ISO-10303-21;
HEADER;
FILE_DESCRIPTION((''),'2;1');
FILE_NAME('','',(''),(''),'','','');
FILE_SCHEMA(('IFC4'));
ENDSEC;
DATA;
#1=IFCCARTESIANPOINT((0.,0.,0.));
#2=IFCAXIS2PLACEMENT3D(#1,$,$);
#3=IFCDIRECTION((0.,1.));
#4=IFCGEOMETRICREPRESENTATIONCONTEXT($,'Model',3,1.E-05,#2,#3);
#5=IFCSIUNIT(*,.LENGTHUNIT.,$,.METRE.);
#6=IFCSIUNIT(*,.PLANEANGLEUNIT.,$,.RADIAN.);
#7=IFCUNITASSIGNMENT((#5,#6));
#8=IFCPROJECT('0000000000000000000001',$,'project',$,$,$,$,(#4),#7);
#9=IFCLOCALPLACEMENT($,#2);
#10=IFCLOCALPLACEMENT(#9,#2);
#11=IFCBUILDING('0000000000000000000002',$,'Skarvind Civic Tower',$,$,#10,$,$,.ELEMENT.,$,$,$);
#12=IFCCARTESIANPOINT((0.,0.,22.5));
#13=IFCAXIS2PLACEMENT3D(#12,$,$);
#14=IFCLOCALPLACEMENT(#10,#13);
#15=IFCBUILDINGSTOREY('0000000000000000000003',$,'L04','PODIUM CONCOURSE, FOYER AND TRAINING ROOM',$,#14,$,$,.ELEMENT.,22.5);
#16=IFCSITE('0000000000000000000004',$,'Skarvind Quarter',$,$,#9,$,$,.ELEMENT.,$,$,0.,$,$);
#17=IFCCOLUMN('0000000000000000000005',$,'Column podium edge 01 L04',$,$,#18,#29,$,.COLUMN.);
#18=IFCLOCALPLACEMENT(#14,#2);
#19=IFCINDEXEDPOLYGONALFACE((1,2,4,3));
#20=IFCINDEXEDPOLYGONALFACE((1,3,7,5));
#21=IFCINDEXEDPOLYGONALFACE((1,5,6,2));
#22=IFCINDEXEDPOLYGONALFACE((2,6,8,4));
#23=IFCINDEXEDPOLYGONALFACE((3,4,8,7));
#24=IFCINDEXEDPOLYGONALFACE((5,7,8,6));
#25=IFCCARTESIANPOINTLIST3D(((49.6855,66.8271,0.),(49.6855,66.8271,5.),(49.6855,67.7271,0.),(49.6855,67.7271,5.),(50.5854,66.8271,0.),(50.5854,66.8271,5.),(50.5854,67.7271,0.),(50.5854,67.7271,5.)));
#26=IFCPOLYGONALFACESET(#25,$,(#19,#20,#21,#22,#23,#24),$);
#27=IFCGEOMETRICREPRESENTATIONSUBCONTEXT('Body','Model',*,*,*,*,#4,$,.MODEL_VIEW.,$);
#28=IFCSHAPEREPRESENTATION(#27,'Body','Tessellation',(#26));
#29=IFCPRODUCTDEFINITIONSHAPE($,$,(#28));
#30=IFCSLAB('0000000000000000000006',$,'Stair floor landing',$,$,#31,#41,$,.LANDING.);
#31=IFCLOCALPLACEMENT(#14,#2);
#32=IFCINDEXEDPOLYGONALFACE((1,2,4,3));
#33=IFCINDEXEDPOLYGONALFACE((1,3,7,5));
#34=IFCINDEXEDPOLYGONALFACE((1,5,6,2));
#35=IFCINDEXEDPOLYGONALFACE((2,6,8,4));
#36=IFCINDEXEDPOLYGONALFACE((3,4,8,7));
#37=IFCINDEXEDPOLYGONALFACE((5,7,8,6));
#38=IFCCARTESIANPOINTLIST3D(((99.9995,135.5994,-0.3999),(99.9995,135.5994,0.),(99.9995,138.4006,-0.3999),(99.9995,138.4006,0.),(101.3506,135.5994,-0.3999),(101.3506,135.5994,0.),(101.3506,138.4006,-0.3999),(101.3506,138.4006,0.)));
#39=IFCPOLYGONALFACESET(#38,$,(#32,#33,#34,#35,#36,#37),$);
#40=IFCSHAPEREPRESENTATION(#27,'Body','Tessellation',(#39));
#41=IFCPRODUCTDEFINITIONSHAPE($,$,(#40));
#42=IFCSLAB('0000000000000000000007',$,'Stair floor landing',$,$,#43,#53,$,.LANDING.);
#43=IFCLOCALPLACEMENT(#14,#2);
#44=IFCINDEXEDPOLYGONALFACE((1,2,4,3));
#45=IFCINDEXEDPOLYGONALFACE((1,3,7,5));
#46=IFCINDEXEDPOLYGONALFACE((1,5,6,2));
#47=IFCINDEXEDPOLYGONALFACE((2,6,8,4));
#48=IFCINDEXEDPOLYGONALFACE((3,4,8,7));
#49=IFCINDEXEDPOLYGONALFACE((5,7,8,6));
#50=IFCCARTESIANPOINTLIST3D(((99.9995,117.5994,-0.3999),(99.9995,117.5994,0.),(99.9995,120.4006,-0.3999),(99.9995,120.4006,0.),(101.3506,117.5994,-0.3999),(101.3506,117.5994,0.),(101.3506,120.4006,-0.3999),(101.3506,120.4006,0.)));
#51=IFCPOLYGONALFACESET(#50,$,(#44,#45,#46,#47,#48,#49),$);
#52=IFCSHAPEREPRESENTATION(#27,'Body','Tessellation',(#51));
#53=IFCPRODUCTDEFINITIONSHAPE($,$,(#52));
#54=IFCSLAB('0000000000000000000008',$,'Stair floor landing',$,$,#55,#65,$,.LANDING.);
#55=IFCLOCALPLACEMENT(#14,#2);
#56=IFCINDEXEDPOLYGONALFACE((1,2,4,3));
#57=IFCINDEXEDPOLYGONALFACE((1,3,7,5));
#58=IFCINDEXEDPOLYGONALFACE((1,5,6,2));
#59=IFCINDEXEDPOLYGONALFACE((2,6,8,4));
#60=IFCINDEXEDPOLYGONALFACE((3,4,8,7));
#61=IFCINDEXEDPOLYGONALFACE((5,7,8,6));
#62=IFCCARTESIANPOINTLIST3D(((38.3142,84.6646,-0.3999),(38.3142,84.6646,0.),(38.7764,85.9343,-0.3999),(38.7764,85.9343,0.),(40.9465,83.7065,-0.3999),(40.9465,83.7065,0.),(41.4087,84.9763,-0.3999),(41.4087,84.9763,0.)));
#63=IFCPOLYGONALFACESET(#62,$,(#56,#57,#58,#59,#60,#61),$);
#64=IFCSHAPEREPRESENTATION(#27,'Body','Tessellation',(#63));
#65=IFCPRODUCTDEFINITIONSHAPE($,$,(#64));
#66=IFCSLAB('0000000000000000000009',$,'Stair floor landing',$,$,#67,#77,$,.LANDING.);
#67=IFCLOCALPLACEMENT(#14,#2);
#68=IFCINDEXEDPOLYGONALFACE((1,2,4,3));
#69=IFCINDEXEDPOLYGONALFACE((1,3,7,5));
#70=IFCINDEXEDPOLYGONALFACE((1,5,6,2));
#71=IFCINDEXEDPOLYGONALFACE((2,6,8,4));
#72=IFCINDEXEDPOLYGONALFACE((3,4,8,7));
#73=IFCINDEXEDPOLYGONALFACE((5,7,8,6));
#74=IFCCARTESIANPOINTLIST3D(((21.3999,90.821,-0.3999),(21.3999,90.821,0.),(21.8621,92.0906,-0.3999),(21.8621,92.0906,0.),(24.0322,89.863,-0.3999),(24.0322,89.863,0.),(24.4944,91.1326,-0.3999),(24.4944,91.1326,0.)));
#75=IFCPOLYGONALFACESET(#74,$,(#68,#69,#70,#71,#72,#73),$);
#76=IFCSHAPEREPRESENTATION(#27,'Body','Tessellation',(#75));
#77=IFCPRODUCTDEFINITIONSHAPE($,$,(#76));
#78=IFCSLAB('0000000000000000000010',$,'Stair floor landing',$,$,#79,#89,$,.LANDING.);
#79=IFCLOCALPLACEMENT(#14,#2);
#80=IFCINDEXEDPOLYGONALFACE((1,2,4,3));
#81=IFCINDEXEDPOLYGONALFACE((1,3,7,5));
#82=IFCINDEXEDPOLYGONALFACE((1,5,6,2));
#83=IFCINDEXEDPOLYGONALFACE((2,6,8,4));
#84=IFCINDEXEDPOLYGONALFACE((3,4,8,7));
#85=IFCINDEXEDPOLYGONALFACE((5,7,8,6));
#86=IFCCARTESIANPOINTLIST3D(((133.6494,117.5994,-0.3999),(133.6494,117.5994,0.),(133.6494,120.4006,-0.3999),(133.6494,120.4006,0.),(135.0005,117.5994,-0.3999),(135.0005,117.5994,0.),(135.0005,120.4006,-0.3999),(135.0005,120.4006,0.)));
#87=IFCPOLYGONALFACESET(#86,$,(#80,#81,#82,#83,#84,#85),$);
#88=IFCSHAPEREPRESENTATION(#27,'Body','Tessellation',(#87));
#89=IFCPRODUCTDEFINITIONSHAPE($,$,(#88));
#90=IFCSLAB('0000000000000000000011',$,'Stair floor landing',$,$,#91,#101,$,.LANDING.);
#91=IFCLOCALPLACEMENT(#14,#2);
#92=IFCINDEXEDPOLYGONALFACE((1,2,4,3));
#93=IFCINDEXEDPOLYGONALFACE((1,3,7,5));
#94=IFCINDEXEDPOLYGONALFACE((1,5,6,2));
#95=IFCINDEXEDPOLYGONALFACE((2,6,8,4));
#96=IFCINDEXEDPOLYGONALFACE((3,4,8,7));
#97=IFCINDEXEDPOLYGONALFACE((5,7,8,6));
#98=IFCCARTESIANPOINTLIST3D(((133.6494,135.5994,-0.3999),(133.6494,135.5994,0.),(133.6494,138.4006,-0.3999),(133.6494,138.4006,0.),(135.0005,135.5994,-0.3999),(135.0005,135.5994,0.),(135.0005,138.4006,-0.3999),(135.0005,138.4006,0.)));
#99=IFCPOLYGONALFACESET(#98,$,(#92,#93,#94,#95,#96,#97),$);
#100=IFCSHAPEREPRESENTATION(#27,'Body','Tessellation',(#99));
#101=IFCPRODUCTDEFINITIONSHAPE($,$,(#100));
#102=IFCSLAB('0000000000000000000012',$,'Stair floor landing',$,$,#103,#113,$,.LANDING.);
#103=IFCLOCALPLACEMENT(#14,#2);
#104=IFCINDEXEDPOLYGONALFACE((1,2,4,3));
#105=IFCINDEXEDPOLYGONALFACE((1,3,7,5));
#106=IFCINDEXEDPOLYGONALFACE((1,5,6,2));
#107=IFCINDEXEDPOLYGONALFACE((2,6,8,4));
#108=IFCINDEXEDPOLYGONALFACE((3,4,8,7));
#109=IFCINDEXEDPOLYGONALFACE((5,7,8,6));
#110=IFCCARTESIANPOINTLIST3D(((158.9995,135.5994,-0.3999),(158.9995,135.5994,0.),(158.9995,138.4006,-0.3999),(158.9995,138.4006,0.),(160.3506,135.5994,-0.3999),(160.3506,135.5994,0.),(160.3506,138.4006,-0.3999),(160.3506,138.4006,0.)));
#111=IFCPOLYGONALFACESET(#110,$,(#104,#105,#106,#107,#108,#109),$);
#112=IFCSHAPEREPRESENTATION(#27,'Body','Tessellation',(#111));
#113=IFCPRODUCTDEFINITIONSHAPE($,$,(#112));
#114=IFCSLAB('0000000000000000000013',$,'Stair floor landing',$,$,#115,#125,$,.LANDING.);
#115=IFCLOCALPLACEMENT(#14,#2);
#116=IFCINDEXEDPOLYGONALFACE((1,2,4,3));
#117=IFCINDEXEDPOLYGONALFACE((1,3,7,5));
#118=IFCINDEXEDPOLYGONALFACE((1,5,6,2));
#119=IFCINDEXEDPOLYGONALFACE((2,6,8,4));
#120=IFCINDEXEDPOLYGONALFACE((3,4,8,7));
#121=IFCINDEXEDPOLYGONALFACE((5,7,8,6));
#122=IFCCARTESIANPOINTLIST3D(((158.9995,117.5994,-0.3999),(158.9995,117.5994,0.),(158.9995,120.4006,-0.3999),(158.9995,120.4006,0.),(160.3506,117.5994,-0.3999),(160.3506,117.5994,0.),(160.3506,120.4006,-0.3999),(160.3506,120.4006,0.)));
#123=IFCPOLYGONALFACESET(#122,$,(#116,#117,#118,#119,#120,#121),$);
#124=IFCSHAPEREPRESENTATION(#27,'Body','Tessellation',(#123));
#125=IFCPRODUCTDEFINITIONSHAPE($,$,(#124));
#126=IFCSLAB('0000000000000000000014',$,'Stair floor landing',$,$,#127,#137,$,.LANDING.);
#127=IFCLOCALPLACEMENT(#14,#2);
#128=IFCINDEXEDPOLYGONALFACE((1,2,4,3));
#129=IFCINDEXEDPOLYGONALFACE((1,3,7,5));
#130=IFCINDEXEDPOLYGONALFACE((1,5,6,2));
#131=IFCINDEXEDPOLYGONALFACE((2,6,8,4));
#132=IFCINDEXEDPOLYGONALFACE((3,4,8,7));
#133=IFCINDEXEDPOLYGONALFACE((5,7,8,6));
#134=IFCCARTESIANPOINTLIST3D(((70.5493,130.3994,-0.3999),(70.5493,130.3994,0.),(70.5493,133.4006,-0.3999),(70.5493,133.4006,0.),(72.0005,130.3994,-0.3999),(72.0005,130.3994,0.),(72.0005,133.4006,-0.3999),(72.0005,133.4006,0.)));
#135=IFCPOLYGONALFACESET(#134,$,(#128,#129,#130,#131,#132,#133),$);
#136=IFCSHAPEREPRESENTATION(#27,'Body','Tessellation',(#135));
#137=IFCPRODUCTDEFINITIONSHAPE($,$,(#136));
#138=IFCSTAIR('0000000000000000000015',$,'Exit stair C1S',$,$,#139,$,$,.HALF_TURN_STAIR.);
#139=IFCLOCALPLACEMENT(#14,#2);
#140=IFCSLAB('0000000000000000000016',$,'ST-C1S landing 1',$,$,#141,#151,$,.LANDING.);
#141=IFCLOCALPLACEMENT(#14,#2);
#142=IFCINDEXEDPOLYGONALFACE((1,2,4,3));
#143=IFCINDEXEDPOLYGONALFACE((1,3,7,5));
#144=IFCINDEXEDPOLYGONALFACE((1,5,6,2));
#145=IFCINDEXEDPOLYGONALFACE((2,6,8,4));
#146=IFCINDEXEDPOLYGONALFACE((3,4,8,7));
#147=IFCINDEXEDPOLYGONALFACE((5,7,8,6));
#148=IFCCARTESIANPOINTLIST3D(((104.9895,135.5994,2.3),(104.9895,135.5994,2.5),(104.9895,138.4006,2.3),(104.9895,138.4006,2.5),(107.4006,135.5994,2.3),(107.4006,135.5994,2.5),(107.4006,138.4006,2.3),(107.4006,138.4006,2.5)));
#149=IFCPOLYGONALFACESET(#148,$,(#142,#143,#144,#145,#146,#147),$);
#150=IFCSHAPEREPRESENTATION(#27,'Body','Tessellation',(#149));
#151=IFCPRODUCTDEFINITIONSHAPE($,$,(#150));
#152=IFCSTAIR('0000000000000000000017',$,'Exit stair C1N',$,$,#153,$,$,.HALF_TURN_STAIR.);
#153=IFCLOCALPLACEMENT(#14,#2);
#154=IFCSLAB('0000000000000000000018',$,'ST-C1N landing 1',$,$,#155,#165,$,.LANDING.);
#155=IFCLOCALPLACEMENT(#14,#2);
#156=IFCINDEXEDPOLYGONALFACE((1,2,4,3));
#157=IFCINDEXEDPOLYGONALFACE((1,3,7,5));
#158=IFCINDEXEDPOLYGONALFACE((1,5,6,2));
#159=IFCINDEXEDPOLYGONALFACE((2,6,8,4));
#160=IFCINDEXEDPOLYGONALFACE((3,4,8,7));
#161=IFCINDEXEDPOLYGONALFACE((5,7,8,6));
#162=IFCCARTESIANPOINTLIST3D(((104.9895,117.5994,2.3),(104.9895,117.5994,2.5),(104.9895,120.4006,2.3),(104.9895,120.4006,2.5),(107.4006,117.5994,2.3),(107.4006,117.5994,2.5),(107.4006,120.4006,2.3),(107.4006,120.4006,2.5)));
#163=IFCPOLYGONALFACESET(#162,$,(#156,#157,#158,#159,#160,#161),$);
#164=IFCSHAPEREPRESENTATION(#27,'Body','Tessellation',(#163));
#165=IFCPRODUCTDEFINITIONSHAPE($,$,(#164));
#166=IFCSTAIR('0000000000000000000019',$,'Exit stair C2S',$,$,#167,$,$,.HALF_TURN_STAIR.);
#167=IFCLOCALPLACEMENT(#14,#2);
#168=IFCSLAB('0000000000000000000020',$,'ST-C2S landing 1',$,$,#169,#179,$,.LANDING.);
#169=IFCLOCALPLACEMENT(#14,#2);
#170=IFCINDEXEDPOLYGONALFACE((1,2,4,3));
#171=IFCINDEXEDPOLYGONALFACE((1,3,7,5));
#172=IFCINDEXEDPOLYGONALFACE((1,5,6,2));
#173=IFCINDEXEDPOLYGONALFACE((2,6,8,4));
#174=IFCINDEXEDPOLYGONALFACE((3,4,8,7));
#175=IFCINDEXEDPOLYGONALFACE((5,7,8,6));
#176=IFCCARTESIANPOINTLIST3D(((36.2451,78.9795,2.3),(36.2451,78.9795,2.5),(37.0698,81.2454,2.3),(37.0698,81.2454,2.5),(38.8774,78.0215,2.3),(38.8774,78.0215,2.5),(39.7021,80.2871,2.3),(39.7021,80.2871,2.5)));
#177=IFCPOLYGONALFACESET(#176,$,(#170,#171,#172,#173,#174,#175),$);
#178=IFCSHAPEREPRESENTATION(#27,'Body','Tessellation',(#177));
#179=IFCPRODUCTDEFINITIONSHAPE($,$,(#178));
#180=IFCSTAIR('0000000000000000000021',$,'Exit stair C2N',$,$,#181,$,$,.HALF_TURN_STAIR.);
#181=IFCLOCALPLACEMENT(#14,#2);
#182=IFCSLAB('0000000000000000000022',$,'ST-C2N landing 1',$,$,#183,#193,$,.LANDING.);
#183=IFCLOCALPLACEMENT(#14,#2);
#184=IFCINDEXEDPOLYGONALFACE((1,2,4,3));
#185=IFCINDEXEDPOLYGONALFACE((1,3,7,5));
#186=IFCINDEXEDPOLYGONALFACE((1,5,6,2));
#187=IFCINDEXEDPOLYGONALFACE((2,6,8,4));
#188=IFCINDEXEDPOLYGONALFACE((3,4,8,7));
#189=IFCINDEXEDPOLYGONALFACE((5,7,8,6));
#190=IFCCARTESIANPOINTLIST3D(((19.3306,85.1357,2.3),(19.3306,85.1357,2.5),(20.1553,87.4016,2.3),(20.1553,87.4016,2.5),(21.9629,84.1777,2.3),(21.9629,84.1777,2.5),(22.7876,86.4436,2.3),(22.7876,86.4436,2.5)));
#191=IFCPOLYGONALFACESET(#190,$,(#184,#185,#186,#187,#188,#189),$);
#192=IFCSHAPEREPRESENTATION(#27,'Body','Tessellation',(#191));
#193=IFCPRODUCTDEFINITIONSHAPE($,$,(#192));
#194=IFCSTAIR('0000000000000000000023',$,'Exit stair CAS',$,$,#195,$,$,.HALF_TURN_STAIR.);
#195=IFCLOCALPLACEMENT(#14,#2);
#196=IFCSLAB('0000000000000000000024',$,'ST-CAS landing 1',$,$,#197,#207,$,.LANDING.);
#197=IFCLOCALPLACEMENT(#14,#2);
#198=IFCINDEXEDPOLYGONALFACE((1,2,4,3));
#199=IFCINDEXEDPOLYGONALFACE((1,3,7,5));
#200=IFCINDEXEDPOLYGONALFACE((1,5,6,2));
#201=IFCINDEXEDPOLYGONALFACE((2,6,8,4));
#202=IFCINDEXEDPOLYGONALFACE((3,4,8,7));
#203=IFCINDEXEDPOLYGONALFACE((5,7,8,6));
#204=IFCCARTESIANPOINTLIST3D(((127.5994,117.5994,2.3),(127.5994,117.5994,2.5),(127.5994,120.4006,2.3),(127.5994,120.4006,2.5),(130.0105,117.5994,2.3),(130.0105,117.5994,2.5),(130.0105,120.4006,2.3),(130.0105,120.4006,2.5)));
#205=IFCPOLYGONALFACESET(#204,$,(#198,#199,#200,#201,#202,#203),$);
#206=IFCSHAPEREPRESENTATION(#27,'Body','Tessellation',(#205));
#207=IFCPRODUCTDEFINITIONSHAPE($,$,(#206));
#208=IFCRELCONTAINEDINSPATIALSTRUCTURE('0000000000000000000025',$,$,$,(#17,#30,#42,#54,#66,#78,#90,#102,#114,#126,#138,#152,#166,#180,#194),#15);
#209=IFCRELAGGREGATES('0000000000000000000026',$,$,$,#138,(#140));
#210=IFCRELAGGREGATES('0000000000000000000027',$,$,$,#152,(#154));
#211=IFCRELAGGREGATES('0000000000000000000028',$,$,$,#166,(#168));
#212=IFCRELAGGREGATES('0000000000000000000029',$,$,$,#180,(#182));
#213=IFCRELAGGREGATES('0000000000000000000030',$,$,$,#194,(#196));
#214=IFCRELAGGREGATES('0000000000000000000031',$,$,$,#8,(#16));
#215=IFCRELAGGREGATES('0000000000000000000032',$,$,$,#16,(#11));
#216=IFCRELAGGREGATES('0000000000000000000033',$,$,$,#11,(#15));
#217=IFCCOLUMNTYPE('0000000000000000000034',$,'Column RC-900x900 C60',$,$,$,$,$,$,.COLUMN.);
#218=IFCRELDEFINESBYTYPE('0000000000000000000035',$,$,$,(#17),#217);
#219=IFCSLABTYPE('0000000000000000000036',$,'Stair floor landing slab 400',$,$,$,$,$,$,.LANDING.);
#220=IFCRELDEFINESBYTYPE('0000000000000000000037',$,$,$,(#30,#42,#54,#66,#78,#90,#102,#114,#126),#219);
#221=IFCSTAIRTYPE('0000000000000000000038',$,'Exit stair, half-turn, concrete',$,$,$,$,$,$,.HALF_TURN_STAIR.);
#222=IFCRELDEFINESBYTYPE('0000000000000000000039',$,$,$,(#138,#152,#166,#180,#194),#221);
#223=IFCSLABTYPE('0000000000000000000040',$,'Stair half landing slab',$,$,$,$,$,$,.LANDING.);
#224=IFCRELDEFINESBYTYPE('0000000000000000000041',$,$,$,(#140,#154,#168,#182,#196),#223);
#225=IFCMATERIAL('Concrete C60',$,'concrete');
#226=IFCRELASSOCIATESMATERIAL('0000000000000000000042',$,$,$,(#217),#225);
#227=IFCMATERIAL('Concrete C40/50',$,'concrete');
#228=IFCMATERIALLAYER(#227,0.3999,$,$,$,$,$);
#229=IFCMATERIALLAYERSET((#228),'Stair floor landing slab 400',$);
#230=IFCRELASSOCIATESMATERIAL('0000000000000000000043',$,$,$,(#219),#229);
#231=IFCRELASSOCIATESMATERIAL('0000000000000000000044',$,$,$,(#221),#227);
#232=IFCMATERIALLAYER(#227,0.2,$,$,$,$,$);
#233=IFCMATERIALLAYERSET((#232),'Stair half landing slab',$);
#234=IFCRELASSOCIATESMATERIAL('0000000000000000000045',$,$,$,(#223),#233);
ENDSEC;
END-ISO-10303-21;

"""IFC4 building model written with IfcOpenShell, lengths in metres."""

from ifc_helpers import new_model, si_unit, direction, frame, origin, origin_2d, place, context, subcontext, project, spatial, polyline, rectangle, outline, extrude, material, layer, layer_set, material_profile, profile_set, type_object, element, aggregate, save


model = new_model("IFC4")

# Units and contexts
model_context = context("Model", 3, precision=1e-05, world=origin(), true_north=direction((0.0, 1.0)))
body_context = subcontext(model_context, "Body", "Model", "MODEL_VIEW")
ifc_project = project(units=[si_unit("LENGTHUNIT", "METRE"), si_unit("PLANEANGLEUNIT", "RADIAN")], contexts=[model_context])

# Site, building, storey
site_placement = place(None, origin())
site = spatial("IfcSite", under=ifc_project, at=site_placement, Name="Skarvind Quarter", CompositionType="ELEMENT", RefElevation=0.0)
building_placement = place(site_placement, origin())
building = spatial("IfcBuilding", under=site, at=building_placement, Name="Skarvind Civic Tower", CompositionType="ELEMENT")
storey_placement = place(building_placement, frame((0.0, 0.0, 22.5)))
storey = spatial("IfcBuildingStorey", under=building, at=storey_placement, Name="L04", Description="PODIUM CONCOURSE, FOYER AND TRAINING ROOM", CompositionType="ELEMENT", Elevation=22.5)

# Column
ifc_material_1 = material(Name="Concrete C60", Category="concrete")
ifc_material_profile = material_profile(ifc_material_1, rectangle(XDim=0.8999, YDim=0.8999, at=origin_2d()), Name="RC-900x900")
ifc_profile_set = profile_set([ifc_material_profile], Name="Concrete C60")
column_type = type_object("IfcColumnType", Name="Column RC-900x900 C60", PredefinedType="COLUMN", material=ifc_profile_set)
column_placement = place(storey_placement, frame((50.1355, 67.2771, 0.0), z_axis=(0.0, 0.0, 1.0), x_axis=(1.0, 0.0, 0.0)))
element("IfcColumn", 1, at=column_placement, inside=storey, type_object=column_type, Name="Column podium edge 01 L04", PredefinedType="COLUMN", context=body_context, shape_type="SweptSolid", body=[
    extrude(rectangle(XDim=0.8999, YDim=0.8999, at=origin_2d()), origin(), (0.0, 0.0, 1.0), 5.0),
])

# Slabs
ifc_material_2 = material(Name="Concrete C40/50", Category="concrete")
ifc_layer_1 = layer(ifc_material_2, 0.3999)
ifc_layer_set_1 = layer_set([ifc_layer_1], Name="Stair floor landing slab 400")
slab_type_1 = type_object("IfcSlabType", Name="Stair floor landing slab 400", PredefinedType="LANDING", material=ifc_layer_set_1)
slab_1_placement = place(storey_placement, frame((0.0, 0.0, -0.3999)))
element("IfcSlab", 2, at=slab_1_placement, inside=storey, type_object=slab_type_1, Name="Stair floor landing", PredefinedType="LANDING", context=body_context, shape_type="SweptSolid", body=[
    extrude(outline(polyline([(101.3506, 138.4006), (101.3506, 135.5994), (99.9995, 135.5994), (99.9995, 138.4006), (101.3506, 138.4006)])), origin(), (0.0, 0.0, 1.0), 0.3999),
])
slab_2_placement = place(storey_placement, frame((0.0, 0.0, -0.3999)))
element("IfcSlab", 3, at=slab_2_placement, inside=storey, type_object=slab_type_1, Name="Stair floor landing", PredefinedType="LANDING", context=body_context, shape_type="SweptSolid", body=[
    extrude(outline(polyline([(101.3506, 120.4006), (101.3506, 117.5994), (99.9995, 117.5994), (99.9995, 120.4006), (101.3506, 120.4006)])), origin(), (0.0, 0.0, 1.0), 0.3999),
])
slab_3_placement = place(storey_placement, frame((0.0, 0.0, -0.3999)))
element("IfcSlab", 4, at=slab_3_placement, inside=storey, type_object=slab_type_1, Name="Stair floor landing", PredefinedType="LANDING", context=body_context, shape_type="SweptSolid", body=[
    extrude(outline(polyline([(40.9465, 83.7065), (38.3142, 84.6646), (38.7764, 85.9343), (41.4087, 84.9763), (40.9465, 83.7065)])), origin(), (0.0, 0.0, 1.0), 0.3999),
])
slab_4_placement = place(storey_placement, frame((0.0, 0.0, -0.3999)))
element("IfcSlab", 5, at=slab_4_placement, inside=storey, type_object=slab_type_1, Name="Stair floor landing", PredefinedType="LANDING", context=body_context, shape_type="SweptSolid", body=[
    extrude(outline(polyline([(24.0322, 89.863), (21.3999, 90.821), (21.8621, 92.0906), (24.4944, 91.1326), (24.0322, 89.863)])), origin(), (0.0, 0.0, 1.0), 0.3999),
])
slab_5_placement = place(storey_placement, frame((0.0, 0.0, -0.3999)))
element("IfcSlab", 6, at=slab_5_placement, inside=storey, type_object=slab_type_1, Name="Stair floor landing", PredefinedType="LANDING", context=body_context, shape_type="SweptSolid", body=[
    extrude(outline(polyline([(133.6494, 117.5994), (133.6494, 120.4006), (135.0005, 120.4006), (135.0005, 117.5994), (133.6494, 117.5994)])), origin(), (0.0, 0.0, 1.0), 0.3999),
])
slab_6_placement = place(storey_placement, frame((0.0, 0.0, -0.3999)))
element("IfcSlab", 7, at=slab_6_placement, inside=storey, type_object=slab_type_1, Name="Stair floor landing", PredefinedType="LANDING", context=body_context, shape_type="SweptSolid", body=[
    extrude(outline(polyline([(133.6494, 135.5994), (133.6494, 138.4006), (135.0005, 138.4006), (135.0005, 135.5994), (133.6494, 135.5994)])), origin(), (0.0, 0.0, 1.0), 0.3999),
])
slab_7_placement = place(storey_placement, frame((0.0, 0.0, -0.3999)))
element("IfcSlab", 8, at=slab_7_placement, inside=storey, type_object=slab_type_1, Name="Stair floor landing", PredefinedType="LANDING", context=body_context, shape_type="SweptSolid", body=[
    extrude(outline(polyline([(160.3506, 138.4006), (160.3506, 135.5994), (158.9995, 135.5994), (158.9995, 138.4006), (160.3506, 138.4006)])), origin(), (0.0, 0.0, 1.0), 0.3999),
])
slab_8_placement = place(storey_placement, frame((0.0, 0.0, -0.3999)))
element("IfcSlab", 9, at=slab_8_placement, inside=storey, type_object=slab_type_1, Name="Stair floor landing", PredefinedType="LANDING", context=body_context, shape_type="SweptSolid", body=[
    extrude(outline(polyline([(160.3506, 120.4006), (160.3506, 117.5994), (158.9995, 117.5994), (158.9995, 120.4006), (160.3506, 120.4006)])), origin(), (0.0, 0.0, 1.0), 0.3999),
])
slab_9_placement = place(storey_placement, frame((0.0, 0.0, -0.3999)))
element("IfcSlab", 10, at=slab_9_placement, inside=storey, type_object=slab_type_1, Name="Stair floor landing", PredefinedType="LANDING", context=body_context, shape_type="SweptSolid", body=[
    extrude(outline(polyline([(70.5493, 130.3994), (70.5493, 133.4006), (72.0005, 133.4006), (72.0005, 130.3994), (70.5493, 130.3994)])), origin(), (0.0, 0.0, 1.0), 0.3999),
])

# Stairs, slabs
stair_type_1 = type_object("IfcStairType", Name="Exit stair, half-turn, concrete", PredefinedType="HALF_TURN_STAIR", material=ifc_material_2)
stair_1_placement = place(storey_placement, origin())
stair_1 = element("IfcStair", 11, at=stair_1_placement, inside=storey, type_object=stair_type_1, Name="Exit stair C1S", PredefinedType="HALF_TURN_STAIR")
ifc_layer_2 = layer(ifc_material_2, 0.2)
ifc_layer_set_2 = layer_set([ifc_layer_2], Name="Stair half landing slab")
slab_type_2 = type_object("IfcSlabType", Name="Stair half landing slab", PredefinedType="LANDING", material=ifc_layer_set_2)
slab_10_placement = place(storey_placement, frame((0.0, 0.0, 2.3)))
slab_10 = element("IfcSlab", 12, at=slab_10_placement, type_object=slab_type_2, Name="ST-C1S landing 1", PredefinedType="LANDING", context=body_context, shape_type="SweptSolid", body=[
    extrude(outline(polyline([(104.9895, 135.5994), (104.9895, 138.4006), (107.4006, 138.4006), (107.4006, 135.5994), (104.9895, 135.5994)])), origin(), (0.0, 0.0, 1.0), 0.2),
])
aggregate(stair_1, [slab_10])
stair_2_placement = place(storey_placement, origin())
stair_2 = element("IfcStair", 13, at=stair_2_placement, inside=storey, type_object=stair_type_1, Name="Exit stair C1N", PredefinedType="HALF_TURN_STAIR")
slab_11_placement = place(storey_placement, frame((0.0, 0.0, 2.3)))
slab_11 = element("IfcSlab", 14, at=slab_11_placement, type_object=slab_type_2, Name="ST-C1N landing 1", PredefinedType="LANDING", context=body_context, shape_type="SweptSolid", body=[
    extrude(outline(polyline([(104.9895, 117.5994), (104.9895, 120.4006), (107.4006, 120.4006), (107.4006, 117.5994), (104.9895, 117.5994)])), origin(), (0.0, 0.0, 1.0), 0.2),
])
aggregate(stair_2, [slab_11])
stair_3_placement = place(storey_placement, origin())
stair_3 = element("IfcStair", 15, at=stair_3_placement, inside=storey, type_object=stair_type_1, Name="Exit stair C2S", PredefinedType="HALF_TURN_STAIR")
slab_12_placement = place(storey_placement, frame((0.0, 0.0, 2.3)))
slab_12 = element("IfcSlab", 16, at=slab_12_placement, type_object=slab_type_2, Name="ST-C2S landing 1", PredefinedType="LANDING", context=body_context, shape_type="SweptSolid", body=[
    extrude(outline(polyline([(37.0698, 81.2454), (39.7021, 80.2871), (38.8774, 78.0215), (36.2451, 78.9795), (37.0698, 81.2454)])), origin(), (0.0, 0.0, 1.0), 0.2),
])
aggregate(stair_3, [slab_12])
stair_4_placement = place(storey_placement, origin())
stair_4 = element("IfcStair", 17, at=stair_4_placement, inside=storey, type_object=stair_type_1, Name="Exit stair C2N", PredefinedType="HALF_TURN_STAIR")
slab_13_placement = place(storey_placement, frame((0.0, 0.0, 2.3)))
slab_13 = element("IfcSlab", 18, at=slab_13_placement, type_object=slab_type_2, Name="ST-C2N landing 1", PredefinedType="LANDING", context=body_context, shape_type="SweptSolid", body=[
    extrude(outline(polyline([(20.1553, 87.4016), (22.7876, 86.4436), (21.9629, 84.1777), (19.3306, 85.1357), (20.1553, 87.4016)])), origin(), (0.0, 0.0, 1.0), 0.2),
])
aggregate(stair_4, [slab_13])
stair_5_placement = place(storey_placement, origin())
stair_5 = element("IfcStair", 19, at=stair_5_placement, inside=storey, type_object=stair_type_1, Name="Exit stair CAS", PredefinedType="HALF_TURN_STAIR")
slab_14_placement = place(storey_placement, frame((0.0, 0.0, 2.3)))
slab_14 = element("IfcSlab", 20, at=slab_14_placement, type_object=slab_type_2, Name="ST-CAS landing 1", PredefinedType="LANDING", context=body_context, shape_type="SweptSolid", body=[
    extrude(outline(polyline([(130.0105, 120.4006), (130.0105, 117.5994), (127.5994, 117.5994), (127.5994, 120.4006), (130.0105, 120.4006)])), origin(), (0.0, 0.0, 1.0), 0.2),
])
aggregate(stair_5, [slab_14])

save(model, "model.ifc")
